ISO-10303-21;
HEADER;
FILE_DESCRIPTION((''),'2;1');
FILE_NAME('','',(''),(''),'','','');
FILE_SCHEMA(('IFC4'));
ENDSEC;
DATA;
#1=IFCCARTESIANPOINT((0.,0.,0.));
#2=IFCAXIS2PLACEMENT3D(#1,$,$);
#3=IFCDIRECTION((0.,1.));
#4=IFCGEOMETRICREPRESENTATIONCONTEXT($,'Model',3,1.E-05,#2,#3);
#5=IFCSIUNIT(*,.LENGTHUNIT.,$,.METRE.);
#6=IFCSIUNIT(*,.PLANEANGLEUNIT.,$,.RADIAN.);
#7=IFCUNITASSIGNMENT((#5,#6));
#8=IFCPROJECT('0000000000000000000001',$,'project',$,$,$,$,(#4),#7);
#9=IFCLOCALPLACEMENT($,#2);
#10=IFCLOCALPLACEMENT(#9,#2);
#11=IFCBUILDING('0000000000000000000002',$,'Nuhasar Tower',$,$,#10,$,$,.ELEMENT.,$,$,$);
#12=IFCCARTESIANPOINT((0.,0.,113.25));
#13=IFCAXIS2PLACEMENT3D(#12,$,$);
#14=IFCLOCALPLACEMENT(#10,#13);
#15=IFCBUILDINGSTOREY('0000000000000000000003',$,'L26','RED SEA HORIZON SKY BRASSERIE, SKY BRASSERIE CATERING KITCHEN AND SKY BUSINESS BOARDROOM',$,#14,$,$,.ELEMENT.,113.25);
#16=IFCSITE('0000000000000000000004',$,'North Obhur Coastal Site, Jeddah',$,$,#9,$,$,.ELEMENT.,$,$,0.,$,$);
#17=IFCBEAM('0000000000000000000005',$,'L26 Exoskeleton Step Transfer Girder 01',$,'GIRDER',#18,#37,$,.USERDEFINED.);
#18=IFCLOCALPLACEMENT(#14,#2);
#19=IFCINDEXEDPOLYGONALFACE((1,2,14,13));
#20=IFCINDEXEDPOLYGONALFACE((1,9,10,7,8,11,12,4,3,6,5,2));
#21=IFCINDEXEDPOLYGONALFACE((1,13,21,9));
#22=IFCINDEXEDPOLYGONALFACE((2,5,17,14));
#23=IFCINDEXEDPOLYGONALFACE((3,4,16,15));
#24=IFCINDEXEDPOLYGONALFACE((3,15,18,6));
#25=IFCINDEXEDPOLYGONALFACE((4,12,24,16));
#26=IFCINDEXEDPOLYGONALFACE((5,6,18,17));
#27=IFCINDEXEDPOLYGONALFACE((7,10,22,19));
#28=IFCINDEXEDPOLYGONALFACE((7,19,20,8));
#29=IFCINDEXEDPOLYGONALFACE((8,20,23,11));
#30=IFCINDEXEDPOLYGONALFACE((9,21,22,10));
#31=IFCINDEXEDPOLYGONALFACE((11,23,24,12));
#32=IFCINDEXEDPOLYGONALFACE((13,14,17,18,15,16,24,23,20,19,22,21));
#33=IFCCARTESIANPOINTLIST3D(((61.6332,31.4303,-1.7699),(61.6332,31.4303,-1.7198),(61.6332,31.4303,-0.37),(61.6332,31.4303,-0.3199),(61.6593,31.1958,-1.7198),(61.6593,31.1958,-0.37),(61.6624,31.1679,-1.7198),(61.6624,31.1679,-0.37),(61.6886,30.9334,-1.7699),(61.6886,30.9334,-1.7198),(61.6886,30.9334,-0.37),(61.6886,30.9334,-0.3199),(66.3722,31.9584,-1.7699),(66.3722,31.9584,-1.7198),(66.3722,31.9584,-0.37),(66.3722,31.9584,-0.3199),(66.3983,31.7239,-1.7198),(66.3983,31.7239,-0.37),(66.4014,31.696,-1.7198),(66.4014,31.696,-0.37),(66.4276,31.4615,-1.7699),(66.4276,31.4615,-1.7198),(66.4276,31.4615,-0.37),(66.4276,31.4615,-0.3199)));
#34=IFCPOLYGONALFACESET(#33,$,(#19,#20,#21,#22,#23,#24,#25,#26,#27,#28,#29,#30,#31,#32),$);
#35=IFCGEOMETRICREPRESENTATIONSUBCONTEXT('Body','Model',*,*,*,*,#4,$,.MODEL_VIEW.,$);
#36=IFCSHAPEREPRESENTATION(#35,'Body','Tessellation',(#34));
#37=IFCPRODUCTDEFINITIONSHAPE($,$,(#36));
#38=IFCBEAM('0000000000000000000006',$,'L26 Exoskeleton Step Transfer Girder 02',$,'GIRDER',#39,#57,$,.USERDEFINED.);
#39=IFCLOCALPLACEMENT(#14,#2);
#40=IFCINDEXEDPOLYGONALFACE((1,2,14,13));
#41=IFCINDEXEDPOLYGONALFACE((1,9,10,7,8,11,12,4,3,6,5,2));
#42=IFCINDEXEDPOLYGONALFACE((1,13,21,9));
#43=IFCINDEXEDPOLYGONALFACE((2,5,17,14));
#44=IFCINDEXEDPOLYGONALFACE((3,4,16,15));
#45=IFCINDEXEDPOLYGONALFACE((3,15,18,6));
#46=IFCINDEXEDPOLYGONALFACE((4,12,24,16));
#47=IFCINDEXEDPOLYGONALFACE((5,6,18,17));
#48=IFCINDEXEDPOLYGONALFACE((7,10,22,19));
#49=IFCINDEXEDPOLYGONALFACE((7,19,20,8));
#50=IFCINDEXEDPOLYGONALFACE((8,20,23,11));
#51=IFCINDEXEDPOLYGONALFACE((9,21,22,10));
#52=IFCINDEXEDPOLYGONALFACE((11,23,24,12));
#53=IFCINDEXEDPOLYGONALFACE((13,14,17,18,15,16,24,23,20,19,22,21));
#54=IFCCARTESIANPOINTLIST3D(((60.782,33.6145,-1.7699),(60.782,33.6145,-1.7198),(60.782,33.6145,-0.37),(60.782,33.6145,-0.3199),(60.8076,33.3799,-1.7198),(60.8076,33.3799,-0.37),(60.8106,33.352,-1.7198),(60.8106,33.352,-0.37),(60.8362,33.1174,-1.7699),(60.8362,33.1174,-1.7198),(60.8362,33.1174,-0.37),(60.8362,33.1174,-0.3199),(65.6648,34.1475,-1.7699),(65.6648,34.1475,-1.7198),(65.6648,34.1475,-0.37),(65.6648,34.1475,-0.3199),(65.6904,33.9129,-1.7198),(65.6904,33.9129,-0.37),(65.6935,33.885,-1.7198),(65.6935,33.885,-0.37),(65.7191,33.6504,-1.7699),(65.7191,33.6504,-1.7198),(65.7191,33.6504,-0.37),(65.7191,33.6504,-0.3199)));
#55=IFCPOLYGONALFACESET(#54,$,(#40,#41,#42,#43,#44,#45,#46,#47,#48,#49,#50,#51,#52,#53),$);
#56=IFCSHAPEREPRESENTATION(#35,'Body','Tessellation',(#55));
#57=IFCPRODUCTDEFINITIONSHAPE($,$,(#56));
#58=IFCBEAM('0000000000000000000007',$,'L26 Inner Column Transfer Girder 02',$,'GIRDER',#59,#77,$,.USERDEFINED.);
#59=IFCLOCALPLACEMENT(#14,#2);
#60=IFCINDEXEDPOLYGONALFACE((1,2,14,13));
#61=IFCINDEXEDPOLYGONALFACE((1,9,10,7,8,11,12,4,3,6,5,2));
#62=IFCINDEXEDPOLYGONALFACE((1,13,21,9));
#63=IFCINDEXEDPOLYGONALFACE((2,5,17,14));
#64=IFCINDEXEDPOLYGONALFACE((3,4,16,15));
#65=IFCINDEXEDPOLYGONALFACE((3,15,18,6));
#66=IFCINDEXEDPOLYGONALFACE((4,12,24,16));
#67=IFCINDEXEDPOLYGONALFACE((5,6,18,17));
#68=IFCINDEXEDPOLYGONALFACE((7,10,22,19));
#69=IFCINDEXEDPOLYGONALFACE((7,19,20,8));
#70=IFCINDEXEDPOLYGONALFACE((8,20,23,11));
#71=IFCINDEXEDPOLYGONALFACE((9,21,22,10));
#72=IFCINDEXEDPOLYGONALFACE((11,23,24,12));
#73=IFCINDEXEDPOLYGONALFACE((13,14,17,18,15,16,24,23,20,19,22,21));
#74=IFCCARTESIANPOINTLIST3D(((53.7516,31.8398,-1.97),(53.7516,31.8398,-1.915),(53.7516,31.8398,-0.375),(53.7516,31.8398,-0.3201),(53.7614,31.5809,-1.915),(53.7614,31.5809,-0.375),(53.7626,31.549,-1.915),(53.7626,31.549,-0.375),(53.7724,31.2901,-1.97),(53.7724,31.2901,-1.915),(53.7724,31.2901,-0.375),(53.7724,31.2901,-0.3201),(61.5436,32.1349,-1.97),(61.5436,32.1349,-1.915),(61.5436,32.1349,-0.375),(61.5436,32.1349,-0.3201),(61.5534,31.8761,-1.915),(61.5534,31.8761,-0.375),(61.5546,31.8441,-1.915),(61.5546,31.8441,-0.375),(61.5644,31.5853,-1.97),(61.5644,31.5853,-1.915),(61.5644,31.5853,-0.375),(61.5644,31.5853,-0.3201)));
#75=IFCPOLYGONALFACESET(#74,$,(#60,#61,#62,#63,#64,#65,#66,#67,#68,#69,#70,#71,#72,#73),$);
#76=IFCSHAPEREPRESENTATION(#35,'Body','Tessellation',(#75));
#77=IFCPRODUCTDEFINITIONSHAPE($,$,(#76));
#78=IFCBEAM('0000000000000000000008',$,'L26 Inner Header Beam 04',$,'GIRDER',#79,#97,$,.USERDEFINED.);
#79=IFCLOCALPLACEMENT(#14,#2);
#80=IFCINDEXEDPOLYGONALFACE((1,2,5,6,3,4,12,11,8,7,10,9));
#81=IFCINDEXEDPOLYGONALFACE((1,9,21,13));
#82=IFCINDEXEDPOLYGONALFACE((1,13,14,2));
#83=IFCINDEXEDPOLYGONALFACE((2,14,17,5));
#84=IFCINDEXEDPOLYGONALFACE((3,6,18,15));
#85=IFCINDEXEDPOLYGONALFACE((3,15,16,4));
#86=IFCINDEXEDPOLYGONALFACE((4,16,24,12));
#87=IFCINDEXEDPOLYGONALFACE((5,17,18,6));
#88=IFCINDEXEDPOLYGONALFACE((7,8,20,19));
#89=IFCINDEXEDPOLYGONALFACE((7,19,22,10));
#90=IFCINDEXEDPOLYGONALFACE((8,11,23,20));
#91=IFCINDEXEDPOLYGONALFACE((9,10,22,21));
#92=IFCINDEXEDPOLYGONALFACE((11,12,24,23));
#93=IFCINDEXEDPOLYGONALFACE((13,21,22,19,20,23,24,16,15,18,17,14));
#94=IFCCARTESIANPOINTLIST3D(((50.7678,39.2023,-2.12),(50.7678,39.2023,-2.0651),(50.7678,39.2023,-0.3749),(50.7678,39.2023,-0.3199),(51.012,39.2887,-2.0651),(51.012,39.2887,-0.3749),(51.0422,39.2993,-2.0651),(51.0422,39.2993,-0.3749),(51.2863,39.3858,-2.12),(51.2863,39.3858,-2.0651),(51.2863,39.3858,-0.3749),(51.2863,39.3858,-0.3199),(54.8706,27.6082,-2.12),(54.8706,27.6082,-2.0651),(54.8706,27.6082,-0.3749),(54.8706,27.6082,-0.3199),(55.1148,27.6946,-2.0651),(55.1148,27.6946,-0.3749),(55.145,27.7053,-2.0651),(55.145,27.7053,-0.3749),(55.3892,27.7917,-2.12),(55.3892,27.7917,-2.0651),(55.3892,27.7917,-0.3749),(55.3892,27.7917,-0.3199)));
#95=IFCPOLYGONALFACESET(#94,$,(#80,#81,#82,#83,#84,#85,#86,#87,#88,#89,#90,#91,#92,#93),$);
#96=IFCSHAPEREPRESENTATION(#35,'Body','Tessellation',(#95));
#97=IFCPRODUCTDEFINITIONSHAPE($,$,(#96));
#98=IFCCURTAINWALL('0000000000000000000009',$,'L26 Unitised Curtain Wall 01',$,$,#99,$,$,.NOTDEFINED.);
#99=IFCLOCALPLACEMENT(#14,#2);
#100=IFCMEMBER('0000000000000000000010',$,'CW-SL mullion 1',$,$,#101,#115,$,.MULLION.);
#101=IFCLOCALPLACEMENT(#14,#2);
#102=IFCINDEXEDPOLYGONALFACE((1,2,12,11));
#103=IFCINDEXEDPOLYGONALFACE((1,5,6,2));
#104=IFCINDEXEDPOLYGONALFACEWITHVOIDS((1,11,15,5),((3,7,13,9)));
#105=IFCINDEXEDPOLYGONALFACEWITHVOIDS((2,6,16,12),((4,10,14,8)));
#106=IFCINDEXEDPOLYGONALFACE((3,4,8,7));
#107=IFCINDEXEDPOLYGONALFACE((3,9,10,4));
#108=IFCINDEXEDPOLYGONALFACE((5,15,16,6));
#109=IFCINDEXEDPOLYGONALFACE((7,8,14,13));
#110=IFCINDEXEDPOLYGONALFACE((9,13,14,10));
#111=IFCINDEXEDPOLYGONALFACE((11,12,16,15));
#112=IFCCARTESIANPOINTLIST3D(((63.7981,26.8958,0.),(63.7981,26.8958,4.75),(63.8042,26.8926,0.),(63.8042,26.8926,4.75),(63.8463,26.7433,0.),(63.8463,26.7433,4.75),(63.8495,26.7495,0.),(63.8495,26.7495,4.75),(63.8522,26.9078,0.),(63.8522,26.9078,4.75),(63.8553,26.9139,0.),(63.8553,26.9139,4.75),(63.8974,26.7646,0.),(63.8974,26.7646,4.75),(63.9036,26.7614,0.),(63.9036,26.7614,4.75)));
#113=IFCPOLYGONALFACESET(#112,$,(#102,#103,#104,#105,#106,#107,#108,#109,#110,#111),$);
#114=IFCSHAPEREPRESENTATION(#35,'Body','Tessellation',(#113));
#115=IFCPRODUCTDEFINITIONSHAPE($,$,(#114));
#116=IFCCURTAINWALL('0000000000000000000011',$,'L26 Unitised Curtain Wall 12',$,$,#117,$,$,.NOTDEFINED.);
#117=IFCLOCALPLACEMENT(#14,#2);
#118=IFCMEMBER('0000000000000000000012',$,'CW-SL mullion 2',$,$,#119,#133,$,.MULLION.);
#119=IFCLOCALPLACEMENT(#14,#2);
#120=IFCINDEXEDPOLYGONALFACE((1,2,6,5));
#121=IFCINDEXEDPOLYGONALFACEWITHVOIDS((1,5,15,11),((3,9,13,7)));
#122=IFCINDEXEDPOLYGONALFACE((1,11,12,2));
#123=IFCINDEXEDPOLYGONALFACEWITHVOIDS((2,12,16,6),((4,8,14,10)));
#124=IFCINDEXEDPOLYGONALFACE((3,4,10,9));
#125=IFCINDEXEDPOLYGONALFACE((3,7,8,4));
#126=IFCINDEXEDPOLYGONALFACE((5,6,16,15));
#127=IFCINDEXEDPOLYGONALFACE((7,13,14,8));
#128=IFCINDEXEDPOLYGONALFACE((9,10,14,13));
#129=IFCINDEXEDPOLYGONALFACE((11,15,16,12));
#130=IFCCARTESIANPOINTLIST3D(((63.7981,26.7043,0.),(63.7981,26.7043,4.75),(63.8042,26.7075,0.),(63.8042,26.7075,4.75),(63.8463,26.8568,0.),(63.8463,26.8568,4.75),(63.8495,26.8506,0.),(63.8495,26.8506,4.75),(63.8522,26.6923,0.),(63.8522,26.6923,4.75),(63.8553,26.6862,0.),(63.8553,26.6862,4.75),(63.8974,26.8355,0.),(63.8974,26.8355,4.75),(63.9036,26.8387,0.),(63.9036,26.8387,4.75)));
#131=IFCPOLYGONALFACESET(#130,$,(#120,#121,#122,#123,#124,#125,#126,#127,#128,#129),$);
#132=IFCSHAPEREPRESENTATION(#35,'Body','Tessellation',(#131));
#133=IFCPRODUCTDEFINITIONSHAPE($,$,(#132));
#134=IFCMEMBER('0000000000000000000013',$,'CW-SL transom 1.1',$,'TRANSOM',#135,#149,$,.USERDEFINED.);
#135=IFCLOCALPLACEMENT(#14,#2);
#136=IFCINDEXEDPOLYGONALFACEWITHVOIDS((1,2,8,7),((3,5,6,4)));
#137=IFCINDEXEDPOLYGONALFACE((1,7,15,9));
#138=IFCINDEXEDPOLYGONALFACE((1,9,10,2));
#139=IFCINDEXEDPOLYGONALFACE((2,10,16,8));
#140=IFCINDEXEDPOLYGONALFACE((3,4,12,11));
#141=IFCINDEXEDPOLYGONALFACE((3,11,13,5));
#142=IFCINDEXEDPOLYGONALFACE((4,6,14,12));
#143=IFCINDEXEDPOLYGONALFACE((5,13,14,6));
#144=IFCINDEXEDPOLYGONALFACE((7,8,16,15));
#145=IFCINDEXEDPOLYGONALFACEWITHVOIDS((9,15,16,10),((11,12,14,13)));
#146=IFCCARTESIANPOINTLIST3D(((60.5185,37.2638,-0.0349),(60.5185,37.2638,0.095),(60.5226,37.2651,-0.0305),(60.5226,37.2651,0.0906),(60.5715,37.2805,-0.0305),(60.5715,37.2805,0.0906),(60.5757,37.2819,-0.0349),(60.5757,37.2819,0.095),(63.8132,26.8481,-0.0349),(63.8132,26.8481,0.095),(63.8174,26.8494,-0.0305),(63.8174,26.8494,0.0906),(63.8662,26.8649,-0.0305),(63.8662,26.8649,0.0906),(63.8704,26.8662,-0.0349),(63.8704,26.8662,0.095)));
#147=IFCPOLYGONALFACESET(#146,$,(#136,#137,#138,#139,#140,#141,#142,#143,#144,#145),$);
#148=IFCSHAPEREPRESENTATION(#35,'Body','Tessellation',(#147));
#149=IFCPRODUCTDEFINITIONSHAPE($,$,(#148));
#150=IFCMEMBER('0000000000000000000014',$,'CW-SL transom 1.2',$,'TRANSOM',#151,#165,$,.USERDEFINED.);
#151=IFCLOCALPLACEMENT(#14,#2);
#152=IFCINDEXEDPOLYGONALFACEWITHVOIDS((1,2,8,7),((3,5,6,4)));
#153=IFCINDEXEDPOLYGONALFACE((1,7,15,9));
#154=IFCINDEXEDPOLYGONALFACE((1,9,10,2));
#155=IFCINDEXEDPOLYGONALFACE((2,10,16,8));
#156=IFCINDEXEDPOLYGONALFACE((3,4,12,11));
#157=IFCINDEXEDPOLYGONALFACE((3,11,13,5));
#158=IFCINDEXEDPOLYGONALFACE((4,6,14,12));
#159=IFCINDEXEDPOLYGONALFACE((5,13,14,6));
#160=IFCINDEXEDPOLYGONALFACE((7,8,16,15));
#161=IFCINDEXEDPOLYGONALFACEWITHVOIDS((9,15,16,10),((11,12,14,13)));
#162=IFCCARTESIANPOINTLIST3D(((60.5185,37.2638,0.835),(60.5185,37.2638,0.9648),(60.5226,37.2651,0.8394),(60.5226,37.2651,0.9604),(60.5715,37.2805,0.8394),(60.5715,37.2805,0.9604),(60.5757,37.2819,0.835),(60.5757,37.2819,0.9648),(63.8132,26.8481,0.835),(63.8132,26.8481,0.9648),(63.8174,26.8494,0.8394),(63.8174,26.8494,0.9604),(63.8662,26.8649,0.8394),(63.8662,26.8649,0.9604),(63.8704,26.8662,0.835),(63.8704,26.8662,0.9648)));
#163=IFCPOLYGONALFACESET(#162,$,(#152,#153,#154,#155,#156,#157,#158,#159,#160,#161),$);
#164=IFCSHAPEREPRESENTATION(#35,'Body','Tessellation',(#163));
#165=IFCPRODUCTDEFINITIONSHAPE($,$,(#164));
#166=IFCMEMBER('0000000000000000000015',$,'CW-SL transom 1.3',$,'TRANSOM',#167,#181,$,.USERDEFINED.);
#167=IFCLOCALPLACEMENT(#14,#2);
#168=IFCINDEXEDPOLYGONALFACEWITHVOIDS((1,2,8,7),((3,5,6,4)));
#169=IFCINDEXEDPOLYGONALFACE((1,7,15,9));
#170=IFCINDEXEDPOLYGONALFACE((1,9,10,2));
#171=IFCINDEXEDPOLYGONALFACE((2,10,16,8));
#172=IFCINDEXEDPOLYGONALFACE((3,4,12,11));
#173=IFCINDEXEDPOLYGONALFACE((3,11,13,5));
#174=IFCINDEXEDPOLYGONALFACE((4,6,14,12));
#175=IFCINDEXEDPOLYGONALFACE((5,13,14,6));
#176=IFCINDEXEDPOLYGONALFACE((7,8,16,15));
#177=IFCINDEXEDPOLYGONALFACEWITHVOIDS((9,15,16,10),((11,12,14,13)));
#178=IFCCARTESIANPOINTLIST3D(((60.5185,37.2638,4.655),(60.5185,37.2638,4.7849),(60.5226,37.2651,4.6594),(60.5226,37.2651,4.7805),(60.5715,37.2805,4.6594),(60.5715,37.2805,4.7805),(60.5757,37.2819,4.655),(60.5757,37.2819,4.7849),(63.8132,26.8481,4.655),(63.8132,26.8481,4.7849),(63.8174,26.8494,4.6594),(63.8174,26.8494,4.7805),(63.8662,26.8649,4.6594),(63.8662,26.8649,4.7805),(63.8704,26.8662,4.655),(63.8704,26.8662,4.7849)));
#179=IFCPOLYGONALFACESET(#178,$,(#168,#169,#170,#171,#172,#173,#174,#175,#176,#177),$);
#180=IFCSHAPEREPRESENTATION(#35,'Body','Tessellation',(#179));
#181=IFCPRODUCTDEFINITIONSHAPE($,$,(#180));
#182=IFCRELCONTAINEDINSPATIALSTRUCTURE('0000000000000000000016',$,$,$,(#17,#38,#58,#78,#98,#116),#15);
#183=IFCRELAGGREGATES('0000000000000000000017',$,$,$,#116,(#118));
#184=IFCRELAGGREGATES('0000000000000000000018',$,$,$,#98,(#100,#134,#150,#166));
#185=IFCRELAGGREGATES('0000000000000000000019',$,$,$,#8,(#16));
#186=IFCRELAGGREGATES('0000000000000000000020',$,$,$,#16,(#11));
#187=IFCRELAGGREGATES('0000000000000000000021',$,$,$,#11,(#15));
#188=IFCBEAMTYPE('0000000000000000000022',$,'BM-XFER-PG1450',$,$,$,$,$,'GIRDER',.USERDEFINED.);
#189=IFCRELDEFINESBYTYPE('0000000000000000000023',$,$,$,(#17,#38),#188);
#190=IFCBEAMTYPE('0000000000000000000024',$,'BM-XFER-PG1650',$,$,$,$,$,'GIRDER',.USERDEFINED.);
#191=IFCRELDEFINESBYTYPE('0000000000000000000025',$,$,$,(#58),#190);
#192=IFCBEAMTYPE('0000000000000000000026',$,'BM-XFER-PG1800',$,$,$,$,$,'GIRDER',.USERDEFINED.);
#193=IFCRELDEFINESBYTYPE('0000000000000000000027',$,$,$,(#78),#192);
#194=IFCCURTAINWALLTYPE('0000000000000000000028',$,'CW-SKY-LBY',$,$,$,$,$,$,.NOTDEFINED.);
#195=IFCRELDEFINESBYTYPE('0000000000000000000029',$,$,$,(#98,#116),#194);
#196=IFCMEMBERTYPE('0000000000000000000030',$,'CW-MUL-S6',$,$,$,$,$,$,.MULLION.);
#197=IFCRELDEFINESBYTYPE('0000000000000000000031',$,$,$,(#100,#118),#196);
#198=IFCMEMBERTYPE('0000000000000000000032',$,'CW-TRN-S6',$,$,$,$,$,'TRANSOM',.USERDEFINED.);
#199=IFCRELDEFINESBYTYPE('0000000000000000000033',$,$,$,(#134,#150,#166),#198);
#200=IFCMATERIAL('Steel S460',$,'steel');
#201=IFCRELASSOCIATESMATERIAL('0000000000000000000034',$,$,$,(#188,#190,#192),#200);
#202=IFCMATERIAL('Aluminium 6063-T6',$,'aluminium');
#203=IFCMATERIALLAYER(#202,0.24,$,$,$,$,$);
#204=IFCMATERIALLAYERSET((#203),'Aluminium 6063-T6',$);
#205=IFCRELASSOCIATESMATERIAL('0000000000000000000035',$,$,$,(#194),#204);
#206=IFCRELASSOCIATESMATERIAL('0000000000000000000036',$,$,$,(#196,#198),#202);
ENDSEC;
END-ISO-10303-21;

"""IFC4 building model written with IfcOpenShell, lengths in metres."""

from ifc_helpers import new_model, si_unit, direction, frame, origin, origin_2d, place, context, subcontext, project, spatial, hollow_rectangle, i_section, extrude, material, layer, layer_set, material_profile, profile_set, type_object, element, aggregate, save


model = new_model("IFC4")

# Units and contexts
model_context = context("Model", 3, precision=1e-05, world=origin(), true_north=direction((0.0, 1.0)))
body_context = subcontext(model_context, "Body", "Model", "MODEL_VIEW")
ifc_project = project(units=[si_unit("LENGTHUNIT", "METRE"), si_unit("PLANEANGLEUNIT", "RADIAN")], contexts=[model_context])

# Site, building, storey
site_placement = place(None, origin())
site = spatial("IfcSite", under=ifc_project, at=site_placement, Name="North Obhur Coastal Site, Jeddah", CompositionType="ELEMENT", RefElevation=0.0)
building_placement = place(site_placement, origin())
building = spatial("IfcBuilding", under=site, at=building_placement, Name="Nuhasar Tower", CompositionType="ELEMENT")
storey_placement = place(building_placement, frame((0.0, 0.0, 113.25)))
storey = spatial("IfcBuildingStorey", under=building, at=storey_placement, Name="L26", Description="RED SEA HORIZON SKY BRASSERIE, SKY BRASSERIE CATERING KITCHEN AND SKY BUSINESS BOARDROOM", CompositionType="ELEMENT", Elevation=113.25)

# Beams
ifc_material_1 = material(Name="Steel S460", Category="steel")
ifc_material_profile_1 = material_profile(ifc_material_1, i_section(OverallWidth=0.5, OverallDepth=1.45, WebThickness=0.0281, FlangeThickness=0.05, at=origin_2d()), Name="PG1450X500")
ifc_profile_set_1 = profile_set([ifc_material_profile_1], Name="Steel S460")
beam_type_1 = type_object("IfcBeamType", Name="BM-XFER-PG1450", ElementType="GIRDER", PredefinedType="USERDEFINED", material=ifc_profile_set_1)
beam_1_placement = place(storey_placement, frame((61.6609, 31.1819, -1.0449), z_axis=(0.993849, 0.110746, 0.0), x_axis=(-0.110746, 0.993849, 0.0)))
element("IfcBeam", 1, at=beam_1_placement, inside=storey, type_object=beam_type_1, Name="L26 Exoskeleton Step Transfer Girder 01", ObjectType="GIRDER", PredefinedType="USERDEFINED", context=body_context, shape_type="SweptSolid", body=[
    extrude(i_section(OverallWidth=0.5, OverallDepth=1.45, WebThickness=0.0281, FlangeThickness=0.05, at=origin_2d()), origin(), (0.0, 0.0, 1.0), 4.7683),
])
beam_2_placement = place(storey_placement, frame((60.8091, 33.366, -1.0449), z_axis=(0.994096, 0.108506, 0.0), x_axis=(-0.108506, 0.994096, 0.0)))
element("IfcBeam", 2, at=beam_2_placement, inside=storey, type_object=beam_type_1, Name="L26 Exoskeleton Step Transfer Girder 02", ObjectType="GIRDER", PredefinedType="USERDEFINED", context=body_context, shape_type="SweptSolid", body=[
    extrude(i_section(OverallWidth=0.5, OverallDepth=1.45, WebThickness=0.0281, FlangeThickness=0.05, at=origin_2d()), origin(), (0.0, 0.0, 1.0), 4.9119),
])
ifc_material_profile_2 = material_profile(ifc_material_1, i_section(OverallWidth=0.55, OverallDepth=1.6499, WebThickness=0.032, FlangeThickness=0.0549, at=origin_2d()), Name="PG1650X550")
ifc_profile_set_2 = profile_set([ifc_material_profile_2], Name="Steel S460")
beam_type_2 = type_object("IfcBeamType", Name="BM-XFER-PG1650", ElementType="GIRDER", PredefinedType="USERDEFINED", material=ifc_profile_set_2)
beam_3_placement = place(storey_placement, frame((53.762, 31.5649, -1.145), z_axis=(0.999283, 0.037854, 0.0), x_axis=(-0.037854, 0.999283, 0.0)))
element("IfcBeam", 3, at=beam_3_placement, inside=storey, type_object=beam_type_2, Name="L26 Inner Column Transfer Girder 02", ObjectType="GIRDER", PredefinedType="USERDEFINED", context=body_context, shape_type="SweptSolid", body=[
    extrude(i_section(OverallWidth=0.55, OverallDepth=1.6499, WebThickness=0.032, FlangeThickness=0.0549, at=origin_2d()), origin(), (0.0, 0.0, 1.0), 7.7976),
])
ifc_material_profile_3 = material_profile(ifc_material_1, i_section(OverallWidth=0.55, OverallDepth=1.8, WebThickness=0.032, FlangeThickness=0.0549, at=origin_2d()), Name="PG1800X550")
ifc_profile_set_3 = profile_set([ifc_material_profile_3], Name="Steel S460")
beam_type_3 = type_object("IfcBeamType", Name="BM-XFER-PG1800", ElementType="GIRDER", PredefinedType="USERDEFINED", material=ifc_profile_set_3)
beam_4_placement = place(storey_placement, frame((55.1299, 27.7, -1.22), z_axis=(-0.3336, 0.942715, 0.0), x_axis=(-0.942715, -0.3336, 0.0)))
element("IfcBeam", 4, at=beam_4_placement, inside=storey, type_object=beam_type_3, Name="L26 Inner Header Beam 04", ObjectType="GIRDER", PredefinedType="USERDEFINED", context=body_context, shape_type="SweptSolid", body=[
    extrude(i_section(OverallWidth=0.55, OverallDepth=1.8, WebThickness=0.032, FlangeThickness=0.0549, at=origin_2d()), origin(), (0.0, 0.0, 1.0), 12.2986),
])

# Curtain walls, members
ifc_material_2 = material(Name="Aluminium 6063-T6", Category="aluminium")
ifc_layer_1 = layer(ifc_material_2, 0.24)
ifc_layer_set_1 = layer_set([ifc_layer_1], Name="Aluminium 6063-T6")
curtain_wall_type = type_object("IfcCurtainWallType", Name="CW-SKY-LBY", PredefinedType="NOTDEFINED", material=ifc_layer_set_1)
curtain_wall_1_placement = place(storey_placement, origin())
curtain_wall_1 = element("IfcCurtainWall", 5, at=curtain_wall_1_placement, inside=storey, type_object=curtain_wall_type, Name="L26 Unitised Curtain Wall 01", PredefinedType="NOTDEFINED")
ifc_material_profile_4 = material_profile(ifc_material_2, hollow_rectangle(XDim=0.0601, YDim=0.1599, WallThickness=0.0049, at=origin_2d()), Name="CWM-6")
ifc_profile_set_4 = profile_set([ifc_material_profile_4], Name="Aluminium 6063-T6")
member_type_1 = type_object("IfcMemberType", Name="CW-MUL-S6", PredefinedType="MULLION", material=ifc_profile_set_4)
member_1_placement = place(storey_placement, frame((63.8508, 26.8286, 0.0), z_axis=(0.0, 0.0, 1.0), x_axis=(-0.953433, -0.301604, 0.0)))
member_1 = element("IfcMember", 6, at=member_1_placement, type_object=member_type_1, Name="CW-SL mullion 1", PredefinedType="MULLION", context=body_context, shape_type="SweptSolid", body=[
    extrude(hollow_rectangle(XDim=0.0601, YDim=0.1599, WallThickness=0.0049, at=origin_2d()), origin(), (0.0, 0.0, 1.0), 4.75),
])
curtain_wall_2_placement = place(storey_placement, origin())
curtain_wall_2 = element("IfcCurtainWall", 7, at=curtain_wall_2_placement, inside=storey, type_object=curtain_wall_type, Name="L26 Unitised Curtain Wall 12", PredefinedType="NOTDEFINED")
member_2_placement = place(storey_placement, frame((63.8508, 26.7715, 0.0), z_axis=(0.0, 0.0, 1.0), x_axis=(-0.953433, 0.301604, 0.0)))
member_2 = element("IfcMember", 8, at=member_2_placement, type_object=member_type_1, Name="CW-SL mullion 2", PredefinedType="MULLION", context=body_context, shape_type="SweptSolid", body=[
    extrude(hollow_rectangle(XDim=0.0601, YDim=0.1599, WallThickness=0.0049, at=origin_2d()), origin(), (0.0, 0.0, 1.0), 4.75),
])
aggregate(curtain_wall_2, [member_2])

# Members
ifc_material_profile_5 = material_profile(ifc_material_2, hollow_rectangle(XDim=0.0601, YDim=0.1299, WallThickness=0.0044, at=origin_2d()), Name="CWT-6")
ifc_profile_set_5 = profile_set([ifc_material_profile_5], Name="Aluminium 6063-T6")
member_type_2 = type_object("IfcMemberType", Name="CW-TRN-S6", ElementType="TRANSOM", PredefinedType="USERDEFINED", material=ifc_profile_set_5)
member_3_placement = place(storey_placement, frame((63.8418, 26.8572, 0.03), z_axis=(-0.301594, 0.953436, 0.0), x_axis=(-0.953436, -0.301594, 0.0)))
member_3 = element("IfcMember", 9, at=member_3_placement, type_object=member_type_2, Name="CW-SL transom 1.1", ObjectType="TRANSOM", PredefinedType="USERDEFINED", context=body_context, shape_type="SweptSolid", body=[
    extrude(hollow_rectangle(XDim=0.0601, YDim=0.1299, WallThickness=0.0044, at=origin_2d()), origin(), (0.0, 0.0, 1.0), 10.9243),
])
member_4_placement = place(storey_placement, frame((63.8418, 26.8572, 0.8999), z_axis=(-0.301594, 0.953436, 0.0), x_axis=(-0.953436, -0.301594, 0.0)))
member_4 = element("IfcMember", 10, at=member_4_placement, type_object=member_type_2, Name="CW-SL transom 1.2", ObjectType="TRANSOM", PredefinedType="USERDEFINED", context=body_context, shape_type="SweptSolid", body=[
    extrude(hollow_rectangle(XDim=0.0601, YDim=0.1299, WallThickness=0.0044, at=origin_2d()), origin(), (0.0, 0.0, 1.0), 10.9243),
])
member_5_placement = place(storey_placement, frame((63.8418, 26.8572, 4.72), z_axis=(-0.301594, 0.953436, 0.0), x_axis=(-0.953436, -0.301594, 0.0)))
member_5 = element("IfcMember", 11, at=member_5_placement, type_object=member_type_2, Name="CW-SL transom 1.3", ObjectType="TRANSOM", PredefinedType="USERDEFINED", context=body_context, shape_type="SweptSolid", body=[
    extrude(hollow_rectangle(XDim=0.0601, YDim=0.1299, WallThickness=0.0044, at=origin_2d()), origin(), (0.0, 0.0, 1.0), 10.9243),
])

aggregate(curtain_wall_1, [member_1, member_3, member_4, member_5])

save(model, "model.ifc")
